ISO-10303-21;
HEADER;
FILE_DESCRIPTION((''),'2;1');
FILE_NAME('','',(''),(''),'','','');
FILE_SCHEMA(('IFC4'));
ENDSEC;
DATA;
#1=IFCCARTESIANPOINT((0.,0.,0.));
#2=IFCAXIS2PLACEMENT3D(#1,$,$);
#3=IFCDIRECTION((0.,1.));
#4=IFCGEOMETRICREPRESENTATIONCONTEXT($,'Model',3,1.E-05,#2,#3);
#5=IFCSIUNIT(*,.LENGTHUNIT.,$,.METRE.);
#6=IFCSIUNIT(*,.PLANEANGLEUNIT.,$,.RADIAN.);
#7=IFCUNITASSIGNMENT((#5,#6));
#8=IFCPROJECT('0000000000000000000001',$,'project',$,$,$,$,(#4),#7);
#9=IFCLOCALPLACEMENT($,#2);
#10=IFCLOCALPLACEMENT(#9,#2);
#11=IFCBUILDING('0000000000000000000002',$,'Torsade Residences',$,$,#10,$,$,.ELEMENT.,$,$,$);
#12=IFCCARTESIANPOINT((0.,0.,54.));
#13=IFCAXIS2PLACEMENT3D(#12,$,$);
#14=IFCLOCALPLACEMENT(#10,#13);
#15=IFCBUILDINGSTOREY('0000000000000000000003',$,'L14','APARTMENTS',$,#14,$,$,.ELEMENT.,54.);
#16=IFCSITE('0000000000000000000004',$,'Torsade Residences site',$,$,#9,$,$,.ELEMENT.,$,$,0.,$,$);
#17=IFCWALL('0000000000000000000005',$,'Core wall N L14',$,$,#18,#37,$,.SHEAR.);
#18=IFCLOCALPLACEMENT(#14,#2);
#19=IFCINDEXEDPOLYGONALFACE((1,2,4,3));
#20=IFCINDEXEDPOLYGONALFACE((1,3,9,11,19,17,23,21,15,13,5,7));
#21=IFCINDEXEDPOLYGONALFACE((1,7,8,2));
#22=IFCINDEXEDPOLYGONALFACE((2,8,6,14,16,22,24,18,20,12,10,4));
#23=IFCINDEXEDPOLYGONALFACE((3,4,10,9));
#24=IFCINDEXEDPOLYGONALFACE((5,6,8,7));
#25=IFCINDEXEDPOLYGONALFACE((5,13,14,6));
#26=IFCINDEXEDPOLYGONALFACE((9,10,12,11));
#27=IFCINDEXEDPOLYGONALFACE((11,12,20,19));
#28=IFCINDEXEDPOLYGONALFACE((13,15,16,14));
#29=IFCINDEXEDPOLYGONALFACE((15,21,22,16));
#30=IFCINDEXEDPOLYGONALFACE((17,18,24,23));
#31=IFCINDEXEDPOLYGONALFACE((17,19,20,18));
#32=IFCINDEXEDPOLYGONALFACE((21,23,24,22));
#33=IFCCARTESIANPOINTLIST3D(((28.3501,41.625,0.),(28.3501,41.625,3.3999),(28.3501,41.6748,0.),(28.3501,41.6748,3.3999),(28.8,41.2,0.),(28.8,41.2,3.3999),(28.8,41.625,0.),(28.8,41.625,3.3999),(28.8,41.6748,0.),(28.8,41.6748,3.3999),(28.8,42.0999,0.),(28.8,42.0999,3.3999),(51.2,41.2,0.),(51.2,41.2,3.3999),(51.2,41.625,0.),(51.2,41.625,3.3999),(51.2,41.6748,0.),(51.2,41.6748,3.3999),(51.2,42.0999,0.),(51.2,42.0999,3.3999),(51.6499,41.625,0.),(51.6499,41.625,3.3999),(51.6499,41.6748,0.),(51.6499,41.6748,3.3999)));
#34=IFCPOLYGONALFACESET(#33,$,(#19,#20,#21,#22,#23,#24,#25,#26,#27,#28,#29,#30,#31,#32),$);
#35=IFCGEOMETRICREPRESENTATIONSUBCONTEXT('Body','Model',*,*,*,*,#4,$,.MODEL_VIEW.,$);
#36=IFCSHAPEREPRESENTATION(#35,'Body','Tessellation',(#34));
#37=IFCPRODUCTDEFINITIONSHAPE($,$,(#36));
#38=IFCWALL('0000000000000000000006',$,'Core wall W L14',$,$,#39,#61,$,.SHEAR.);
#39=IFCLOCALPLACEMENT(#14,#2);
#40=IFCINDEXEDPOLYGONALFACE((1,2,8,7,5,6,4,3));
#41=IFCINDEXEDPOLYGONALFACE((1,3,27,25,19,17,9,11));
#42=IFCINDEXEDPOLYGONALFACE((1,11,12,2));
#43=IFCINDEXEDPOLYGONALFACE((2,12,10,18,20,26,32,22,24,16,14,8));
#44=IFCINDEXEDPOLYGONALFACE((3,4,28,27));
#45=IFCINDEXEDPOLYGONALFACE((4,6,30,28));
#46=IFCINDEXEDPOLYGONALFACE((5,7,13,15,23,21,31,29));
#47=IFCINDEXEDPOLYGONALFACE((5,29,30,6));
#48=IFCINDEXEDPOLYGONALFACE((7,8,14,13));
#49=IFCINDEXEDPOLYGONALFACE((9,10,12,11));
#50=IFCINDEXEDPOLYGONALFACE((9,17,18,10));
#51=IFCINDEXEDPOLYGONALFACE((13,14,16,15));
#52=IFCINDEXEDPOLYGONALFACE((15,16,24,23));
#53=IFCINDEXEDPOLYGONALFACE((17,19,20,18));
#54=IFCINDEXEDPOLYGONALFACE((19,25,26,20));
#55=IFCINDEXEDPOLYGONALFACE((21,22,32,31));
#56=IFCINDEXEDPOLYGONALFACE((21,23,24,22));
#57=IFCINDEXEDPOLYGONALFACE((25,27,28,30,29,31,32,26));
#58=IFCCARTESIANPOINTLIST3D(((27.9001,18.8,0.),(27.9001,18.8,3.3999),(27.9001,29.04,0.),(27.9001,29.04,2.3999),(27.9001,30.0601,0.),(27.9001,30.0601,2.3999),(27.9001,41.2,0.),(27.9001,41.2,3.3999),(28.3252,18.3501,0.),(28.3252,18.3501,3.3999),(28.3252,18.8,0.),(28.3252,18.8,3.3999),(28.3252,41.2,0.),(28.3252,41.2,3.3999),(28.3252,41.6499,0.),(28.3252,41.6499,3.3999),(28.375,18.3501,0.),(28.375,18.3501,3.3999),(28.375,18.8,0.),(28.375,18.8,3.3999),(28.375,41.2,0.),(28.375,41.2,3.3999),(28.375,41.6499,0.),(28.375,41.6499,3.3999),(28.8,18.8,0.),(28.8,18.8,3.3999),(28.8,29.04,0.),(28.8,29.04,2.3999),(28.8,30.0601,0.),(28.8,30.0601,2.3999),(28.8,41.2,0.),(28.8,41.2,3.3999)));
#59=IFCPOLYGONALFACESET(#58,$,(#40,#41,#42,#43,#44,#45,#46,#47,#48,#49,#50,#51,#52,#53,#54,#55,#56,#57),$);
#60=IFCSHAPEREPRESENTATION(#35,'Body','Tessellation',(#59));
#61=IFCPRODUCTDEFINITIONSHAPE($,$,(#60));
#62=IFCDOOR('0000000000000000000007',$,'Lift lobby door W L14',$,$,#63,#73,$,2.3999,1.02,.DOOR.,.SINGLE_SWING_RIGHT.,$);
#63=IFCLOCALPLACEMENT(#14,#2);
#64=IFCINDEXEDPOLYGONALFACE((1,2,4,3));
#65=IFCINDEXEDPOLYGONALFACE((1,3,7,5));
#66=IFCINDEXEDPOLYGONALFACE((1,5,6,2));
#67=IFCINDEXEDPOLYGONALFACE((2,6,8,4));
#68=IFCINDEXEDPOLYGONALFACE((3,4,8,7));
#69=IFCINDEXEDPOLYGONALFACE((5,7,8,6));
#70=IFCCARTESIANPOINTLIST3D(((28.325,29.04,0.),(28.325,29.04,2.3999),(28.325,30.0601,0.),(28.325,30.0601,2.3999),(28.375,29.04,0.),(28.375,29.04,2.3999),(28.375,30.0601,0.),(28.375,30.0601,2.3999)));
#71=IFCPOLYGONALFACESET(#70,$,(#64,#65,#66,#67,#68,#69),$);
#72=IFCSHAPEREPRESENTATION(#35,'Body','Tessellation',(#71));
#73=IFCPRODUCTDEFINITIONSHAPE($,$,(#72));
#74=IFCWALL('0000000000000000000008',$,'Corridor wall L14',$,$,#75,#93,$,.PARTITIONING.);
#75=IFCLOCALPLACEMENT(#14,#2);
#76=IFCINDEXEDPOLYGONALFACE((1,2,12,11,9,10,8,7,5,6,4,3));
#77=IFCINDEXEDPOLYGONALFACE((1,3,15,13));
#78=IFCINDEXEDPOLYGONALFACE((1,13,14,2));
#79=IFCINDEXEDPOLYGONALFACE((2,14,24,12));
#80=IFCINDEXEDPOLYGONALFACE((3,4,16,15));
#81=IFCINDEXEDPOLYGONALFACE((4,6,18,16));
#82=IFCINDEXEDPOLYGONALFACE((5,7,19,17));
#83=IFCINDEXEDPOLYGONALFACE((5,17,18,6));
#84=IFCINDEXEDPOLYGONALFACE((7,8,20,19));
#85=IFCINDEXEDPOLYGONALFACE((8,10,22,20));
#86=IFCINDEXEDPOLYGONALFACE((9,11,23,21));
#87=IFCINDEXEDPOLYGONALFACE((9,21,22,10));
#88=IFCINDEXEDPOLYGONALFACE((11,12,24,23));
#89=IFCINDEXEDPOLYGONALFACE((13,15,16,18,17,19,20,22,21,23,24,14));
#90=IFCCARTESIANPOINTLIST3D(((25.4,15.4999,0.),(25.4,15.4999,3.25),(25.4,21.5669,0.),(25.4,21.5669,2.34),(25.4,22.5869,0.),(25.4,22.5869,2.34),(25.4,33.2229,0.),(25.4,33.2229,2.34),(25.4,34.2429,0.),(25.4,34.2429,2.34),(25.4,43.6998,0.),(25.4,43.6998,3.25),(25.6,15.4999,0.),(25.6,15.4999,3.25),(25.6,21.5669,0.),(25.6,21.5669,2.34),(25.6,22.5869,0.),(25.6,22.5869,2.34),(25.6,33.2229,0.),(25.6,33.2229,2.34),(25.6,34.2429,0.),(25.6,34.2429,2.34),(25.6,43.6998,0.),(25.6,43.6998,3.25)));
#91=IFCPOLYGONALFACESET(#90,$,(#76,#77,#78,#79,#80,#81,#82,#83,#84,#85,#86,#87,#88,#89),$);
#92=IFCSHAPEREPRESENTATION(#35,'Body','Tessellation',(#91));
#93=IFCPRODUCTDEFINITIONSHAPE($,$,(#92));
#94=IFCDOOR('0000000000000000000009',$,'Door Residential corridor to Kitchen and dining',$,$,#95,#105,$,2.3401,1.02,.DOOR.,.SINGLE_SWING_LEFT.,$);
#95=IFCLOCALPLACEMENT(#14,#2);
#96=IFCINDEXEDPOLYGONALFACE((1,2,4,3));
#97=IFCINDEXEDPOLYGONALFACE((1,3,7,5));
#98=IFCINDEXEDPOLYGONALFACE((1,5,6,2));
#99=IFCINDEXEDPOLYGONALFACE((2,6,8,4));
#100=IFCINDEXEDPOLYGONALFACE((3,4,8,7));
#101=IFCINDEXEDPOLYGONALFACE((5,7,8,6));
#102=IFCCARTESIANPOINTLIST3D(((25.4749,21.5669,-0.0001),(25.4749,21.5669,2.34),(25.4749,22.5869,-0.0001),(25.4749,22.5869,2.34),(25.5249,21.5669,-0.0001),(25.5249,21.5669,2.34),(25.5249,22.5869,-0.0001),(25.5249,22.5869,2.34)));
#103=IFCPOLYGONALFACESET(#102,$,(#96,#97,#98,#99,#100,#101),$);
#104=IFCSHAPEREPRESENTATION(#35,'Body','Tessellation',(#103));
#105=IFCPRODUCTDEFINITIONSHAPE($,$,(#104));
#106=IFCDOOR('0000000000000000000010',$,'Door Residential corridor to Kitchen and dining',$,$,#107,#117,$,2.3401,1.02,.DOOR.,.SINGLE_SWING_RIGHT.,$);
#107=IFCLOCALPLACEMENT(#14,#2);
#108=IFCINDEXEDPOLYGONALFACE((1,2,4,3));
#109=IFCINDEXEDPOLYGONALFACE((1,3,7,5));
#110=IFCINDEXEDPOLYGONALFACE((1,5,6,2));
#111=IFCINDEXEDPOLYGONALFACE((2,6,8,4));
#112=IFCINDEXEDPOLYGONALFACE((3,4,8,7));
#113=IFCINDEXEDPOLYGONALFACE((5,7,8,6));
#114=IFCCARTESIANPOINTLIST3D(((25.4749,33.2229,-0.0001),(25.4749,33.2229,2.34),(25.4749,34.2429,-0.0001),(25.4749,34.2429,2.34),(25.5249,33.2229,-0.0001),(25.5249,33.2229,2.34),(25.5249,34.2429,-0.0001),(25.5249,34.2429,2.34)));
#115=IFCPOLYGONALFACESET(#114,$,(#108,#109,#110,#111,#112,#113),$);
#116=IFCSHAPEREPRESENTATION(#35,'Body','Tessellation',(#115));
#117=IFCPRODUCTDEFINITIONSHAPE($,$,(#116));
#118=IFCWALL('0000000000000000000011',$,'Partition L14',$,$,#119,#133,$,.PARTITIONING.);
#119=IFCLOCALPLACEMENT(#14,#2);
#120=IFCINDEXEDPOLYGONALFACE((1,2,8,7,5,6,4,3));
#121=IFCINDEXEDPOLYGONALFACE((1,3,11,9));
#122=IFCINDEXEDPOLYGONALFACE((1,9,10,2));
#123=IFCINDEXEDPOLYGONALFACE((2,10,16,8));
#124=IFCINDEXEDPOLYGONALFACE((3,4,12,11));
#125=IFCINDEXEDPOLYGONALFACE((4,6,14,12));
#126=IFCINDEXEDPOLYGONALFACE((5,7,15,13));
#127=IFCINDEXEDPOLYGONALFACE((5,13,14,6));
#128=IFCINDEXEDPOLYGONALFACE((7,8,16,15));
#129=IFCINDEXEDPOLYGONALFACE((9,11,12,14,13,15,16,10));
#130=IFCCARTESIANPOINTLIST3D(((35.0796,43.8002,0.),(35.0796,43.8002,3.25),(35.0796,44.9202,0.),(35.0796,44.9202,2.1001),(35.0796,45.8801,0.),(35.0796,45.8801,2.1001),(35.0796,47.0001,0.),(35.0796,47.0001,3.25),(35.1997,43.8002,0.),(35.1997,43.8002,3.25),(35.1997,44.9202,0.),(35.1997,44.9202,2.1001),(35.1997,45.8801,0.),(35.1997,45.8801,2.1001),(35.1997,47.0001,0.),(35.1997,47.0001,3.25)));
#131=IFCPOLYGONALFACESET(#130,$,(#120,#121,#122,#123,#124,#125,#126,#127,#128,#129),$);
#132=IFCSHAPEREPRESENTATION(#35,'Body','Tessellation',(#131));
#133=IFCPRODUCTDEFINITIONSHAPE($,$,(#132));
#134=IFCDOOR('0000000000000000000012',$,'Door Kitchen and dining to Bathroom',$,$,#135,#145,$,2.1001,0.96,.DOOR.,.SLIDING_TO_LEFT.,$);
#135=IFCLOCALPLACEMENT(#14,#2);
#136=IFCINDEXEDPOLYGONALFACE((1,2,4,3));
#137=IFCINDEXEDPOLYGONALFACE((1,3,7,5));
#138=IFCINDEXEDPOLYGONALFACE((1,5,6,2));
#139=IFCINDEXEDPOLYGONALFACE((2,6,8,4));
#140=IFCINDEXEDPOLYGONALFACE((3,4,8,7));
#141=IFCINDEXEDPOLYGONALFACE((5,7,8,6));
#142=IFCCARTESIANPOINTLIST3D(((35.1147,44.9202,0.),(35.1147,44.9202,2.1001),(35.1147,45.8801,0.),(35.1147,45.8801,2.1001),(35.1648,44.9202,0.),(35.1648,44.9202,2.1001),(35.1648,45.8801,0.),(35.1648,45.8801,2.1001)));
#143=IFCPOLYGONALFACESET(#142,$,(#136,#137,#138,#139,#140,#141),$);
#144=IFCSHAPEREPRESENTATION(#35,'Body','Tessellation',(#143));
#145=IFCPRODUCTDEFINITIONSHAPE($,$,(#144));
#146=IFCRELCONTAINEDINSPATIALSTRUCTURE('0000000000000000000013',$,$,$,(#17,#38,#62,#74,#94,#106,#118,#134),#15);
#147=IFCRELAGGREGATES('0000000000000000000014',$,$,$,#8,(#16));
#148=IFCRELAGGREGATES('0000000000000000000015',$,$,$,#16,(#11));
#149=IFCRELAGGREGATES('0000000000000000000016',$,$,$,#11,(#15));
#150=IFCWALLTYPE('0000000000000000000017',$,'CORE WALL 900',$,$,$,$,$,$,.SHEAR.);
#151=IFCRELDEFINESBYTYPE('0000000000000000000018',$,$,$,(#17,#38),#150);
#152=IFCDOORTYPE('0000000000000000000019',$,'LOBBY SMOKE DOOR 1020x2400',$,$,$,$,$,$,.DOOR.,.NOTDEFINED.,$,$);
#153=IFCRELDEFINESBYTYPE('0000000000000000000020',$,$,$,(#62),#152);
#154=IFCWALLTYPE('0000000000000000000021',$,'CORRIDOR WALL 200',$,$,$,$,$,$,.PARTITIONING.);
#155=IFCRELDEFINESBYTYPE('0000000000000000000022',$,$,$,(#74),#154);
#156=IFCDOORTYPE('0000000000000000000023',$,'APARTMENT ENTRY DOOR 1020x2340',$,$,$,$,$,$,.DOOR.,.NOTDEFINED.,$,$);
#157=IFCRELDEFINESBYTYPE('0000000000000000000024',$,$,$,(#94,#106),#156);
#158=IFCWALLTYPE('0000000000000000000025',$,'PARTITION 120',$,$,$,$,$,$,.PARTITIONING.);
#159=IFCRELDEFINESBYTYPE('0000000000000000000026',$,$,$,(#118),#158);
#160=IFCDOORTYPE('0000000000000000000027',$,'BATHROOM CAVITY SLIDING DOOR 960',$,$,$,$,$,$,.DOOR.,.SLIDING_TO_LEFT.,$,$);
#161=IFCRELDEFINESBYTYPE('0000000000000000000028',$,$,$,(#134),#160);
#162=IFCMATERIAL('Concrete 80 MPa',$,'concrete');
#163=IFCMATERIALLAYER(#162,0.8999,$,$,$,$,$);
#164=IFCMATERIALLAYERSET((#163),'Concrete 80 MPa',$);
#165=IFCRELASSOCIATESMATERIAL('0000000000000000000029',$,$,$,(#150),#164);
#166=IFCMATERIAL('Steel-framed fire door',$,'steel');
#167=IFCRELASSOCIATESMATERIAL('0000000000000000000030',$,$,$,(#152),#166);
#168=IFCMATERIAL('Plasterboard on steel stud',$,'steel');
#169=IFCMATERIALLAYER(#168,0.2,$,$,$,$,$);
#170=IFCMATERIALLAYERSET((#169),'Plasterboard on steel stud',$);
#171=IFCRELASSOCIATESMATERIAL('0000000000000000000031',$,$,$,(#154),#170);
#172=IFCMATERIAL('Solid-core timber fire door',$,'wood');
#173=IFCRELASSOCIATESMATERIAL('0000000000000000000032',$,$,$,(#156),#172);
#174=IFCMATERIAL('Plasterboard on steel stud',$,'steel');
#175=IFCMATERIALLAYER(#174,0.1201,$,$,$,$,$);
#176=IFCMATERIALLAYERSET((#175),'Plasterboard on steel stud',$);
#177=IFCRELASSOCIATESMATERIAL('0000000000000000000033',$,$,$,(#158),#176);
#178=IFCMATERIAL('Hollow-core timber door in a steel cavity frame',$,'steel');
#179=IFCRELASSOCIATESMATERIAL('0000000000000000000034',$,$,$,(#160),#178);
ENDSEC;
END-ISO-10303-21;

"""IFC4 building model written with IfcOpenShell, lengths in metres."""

from ifc_helpers import new_model, si_unit, direction, frame, frame_2d, origin, place, context, subcontext, project, spatial, polyline, rectangle, outline, extrude, material, layer, layer_set, type_object, element, fill, save


model = new_model("IFC4")

# Units and contexts
model_context = context("Model", 3, precision=1e-05, world=origin(), true_north=direction((0.0, 1.0)))
body_context = subcontext(model_context, "Body", "Model", "MODEL_VIEW")
ifc_project = project(units=[si_unit("LENGTHUNIT", "METRE"), si_unit("PLANEANGLEUNIT", "RADIAN")], contexts=[model_context])

# Site, building, storey
site_placement = place(None, origin())
site = spatial("IfcSite", under=ifc_project, at=site_placement, Name="Torsade Residences site", CompositionType="ELEMENT", RefElevation=0.0)
building_placement = place(site_placement, origin())
building = spatial("IfcBuilding", under=site, at=building_placement, Name="Torsade Residences", CompositionType="ELEMENT")
storey_placement = place(building_placement, frame((0.0, 0.0, 54.0)))
storey = spatial("IfcBuildingStorey", under=building, at=storey_placement, Name="L14", Description="APARTMENTS", CompositionType="ELEMENT", Elevation=54.0)

# Wall
ifc_material_1 = material(Name="Concrete 80 MPa", Category="concrete")
ifc_layer_1 = layer(ifc_material_1, 0.8999)
ifc_layer_set_1 = layer_set([ifc_layer_1], Name="Concrete 80 MPa")
wall_type_1 = type_object("IfcWallType", Name="CORE WALL 900", PredefinedType="SHEAR", material=ifc_layer_set_1)
wall_1_placement = place(storey_placement, frame((28.8, 41.6499, 0.0), z_axis=(0.0, 0.0, 1.0), x_axis=(1.0, 0.0, 0.0)))
element("IfcWall", 1, at=wall_1_placement, inside=storey, type_object=wall_type_1, Name="Core wall N L14", PredefinedType="SHEAR", context=body_context, shape_type="SweptSolid", body=[
    extrude(outline(polyline([(0.0, -0.45), (22.3999, -0.45), (22.3999, -0.0249), (22.8499, -0.0249), (22.8499, 0.0249), (22.3999, 0.0249), (22.3999, 0.45), (0.0, 0.45), (0.0, 0.0249), (-0.45, 0.0249), (-0.45, -0.0249), (0.0, -0.0249), (0.0, -0.45)])), origin(), (0.0, 0.0, 1.0), 3.3999),
])

# Wall, opening, door
wall_2_placement = place(storey_placement, frame((28.3501, 41.2, 0.0), z_axis=(0.0, 0.0, 1.0), x_axis=(0.0, -1.0, 0.0)))
wall_2 = element("IfcWall", 2, at=wall_2_placement, inside=storey, type_object=wall_type_1, Name="Core wall W L14", PredefinedType="SHEAR", context=body_context, shape_type="SweptSolid", body=[
    extrude(outline(polyline([(0.0, -0.45), (22.3999, -0.45), (22.3999, -0.0249), (22.8499, -0.0249), (22.8499, 0.0249), (22.3999, 0.0249), (22.3999, 0.45), (0.0, 0.45), (0.0, 0.0249), (-0.45, 0.0249), (-0.45, -0.0249), (0.0, -0.0249), (0.0, -0.45)])), origin(), (0.0, 0.0, 1.0), 3.3999),
])
opening_1_placement = place(wall_2_placement, frame((11.1399, 0.0, 0.0)))
opening_1 = element("IfcOpeningElement", 3, at=opening_1_placement, cuts=wall_2, PredefinedType="OPENING", context=body_context, shape_type="SweptSolid", body=[
    extrude(rectangle(XDim=1.02, YDim=2.3999, at=frame_2d((0.51, 1.2))), frame((0.0, 0.46, 0.0), z_axis=(0.0, -1.0, 0.0), x_axis=(1.0, 0.0, 0.0)), (0.0, 0.0, 1.0), 0.9199),
])
ifc_material_2 = material(Name="Steel-framed fire door", Category="steel")
door_type_1 = type_object("IfcDoorType", Name="LOBBY SMOKE DOOR 1020x2400", OperationType="NOTDEFINED", PredefinedType="DOOR", material=ifc_material_2)
door_1_placement = place(opening_1_placement, origin())
door_1 = element("IfcDoor", 4, at=door_1_placement, inside=storey, type_object=door_type_1, Name="Lift lobby door W L14", OperationType="SINGLE_SWING_RIGHT", OverallHeight=2.3999, OverallWidth=1.02, PredefinedType="DOOR", context=body_context, shape_type="SweptSolid", body=[
    extrude(rectangle(XDim=1.02, YDim=2.3999, at=frame_2d((0.51, 1.2))), frame((0.0, 0.0249, 0.0), z_axis=(0.0, -1.0, 0.0), x_axis=(1.0, 0.0, 0.0)), (0.0, 0.0, 1.0), 0.05),
])
fill(opening_1, door_1)

# Wall, openings, doors
ifc_material_3 = material(Name="Plasterboard on steel stud", Category="steel")
ifc_layer_2 = layer(ifc_material_3, 0.2)
ifc_layer_set_2 = layer_set([ifc_layer_2], Name="Plasterboard on steel stud")
wall_type_2 = type_object("IfcWallType", Name="CORRIDOR WALL 200", PredefinedType="PARTITIONING", material=ifc_layer_set_2)
wall_3_placement = place(storey_placement, frame((25.5, 43.7, 0.0), z_axis=(0.0, 0.0, 1.0), x_axis=(0.0, -1.0, 0.0)))
wall_3 = element("IfcWall", 5, at=wall_3_placement, inside=storey, type_object=wall_type_2, Name="Corridor wall L14", PredefinedType="PARTITIONING", context=body_context, shape_type="SweptSolid", body=[
    extrude(rectangle(XDim=28.2, YDim=0.2, at=frame_2d((14.1001, 0.0))), origin(), (0.0, 0.0, 1.0), 3.25),
])
opening_2_placement = place(wall_3_placement, frame((21.113, 0.0, 0.0)))
opening_2 = element("IfcOpeningElement", 6, at=opening_2_placement, cuts=wall_3, PredefinedType="OPENING", context=body_context, shape_type="SweptSolid", body=[
    extrude(rectangle(XDim=1.02, YDim=2.3401, at=frame_2d((0.51, 1.1699))), frame((0.0, 0.1099, 0.0), z_axis=(0.0, -1.0, 0.0), x_axis=(1.0, 0.0, 0.0)), (0.0, 0.0, 1.0), 0.22),
])
opening_3_placement = place(wall_3_placement, frame((9.457, 0.0, 0.0)))
opening_3 = element("IfcOpeningElement", 7, at=opening_3_placement, cuts=wall_3, PredefinedType="OPENING", context=body_context, shape_type="SweptSolid", body=[
    extrude(rectangle(XDim=1.02, YDim=2.3401, at=frame_2d((0.51, 1.1699))), frame((0.0, 0.1099, 0.0), z_axis=(0.0, -1.0, 0.0), x_axis=(1.0, 0.0, 0.0)), (0.0, 0.0, 1.0), 0.22),
])
ifc_material_4 = material(Name="Solid-core timber fire door", Category="wood")
door_type_2 = type_object("IfcDoorType", Name="APARTMENT ENTRY DOOR 1020x2340", OperationType="NOTDEFINED", PredefinedType="DOOR", material=ifc_material_4)
door_2_placement = place(opening_2_placement, origin())
door_2 = element("IfcDoor", 8, at=door_2_placement, inside=storey, type_object=door_type_2, Name="Door Residential corridor to Kitchen and dining", OperationType="SINGLE_SWING_LEFT", OverallHeight=2.3401, OverallWidth=1.02, PredefinedType="DOOR", context=body_context, shape_type="SweptSolid", body=[
    extrude(rectangle(XDim=1.02, YDim=2.3401, at=frame_2d((0.51, 1.1699))), frame((0.0, 0.0249, 0.0), z_axis=(0.0, -1.0, 0.0), x_axis=(1.0, 0.0, 0.0)), (0.0, 0.0, 1.0), 0.05),
])
fill(opening_2, door_2)
door_3_placement = place(opening_3_placement, origin())
door_3 = element("IfcDoor", 9, at=door_3_placement, inside=storey, type_object=door_type_2, Name="Door Residential corridor to Kitchen and dining", OperationType="SINGLE_SWING_RIGHT", OverallHeight=2.3401, OverallWidth=1.02, PredefinedType="DOOR", context=body_context, shape_type="SweptSolid", body=[
    extrude(rectangle(XDim=1.02, YDim=2.3401, at=frame_2d((0.51, 1.1699))), frame((0.0, 0.0249, 0.0), z_axis=(0.0, -1.0, 0.0), x_axis=(1.0, 0.0, 0.0)), (0.0, 0.0, 1.0), 0.05),
])
fill(opening_3, door_3)

# Wall, opening, door
ifc_material_5 = material(Name="Plasterboard on steel stud", Category="steel")
ifc_layer_3 = layer(ifc_material_5, 0.1201)
ifc_layer_set_3 = layer_set([ifc_layer_3], Name="Plasterboard on steel stud")
wall_type_3 = type_object("IfcWallType", Name="PARTITION 120", PredefinedType="PARTITIONING", material=ifc_layer_set_3)
wall_4_placement = place(storey_placement, frame((35.1396, 43.8, 0.0), z_axis=(0.0, 0.0, 1.0), x_axis=(0.0, 1.0, 0.0)))
wall_4 = element("IfcWall", 10, at=wall_4_placement, inside=storey, type_object=wall_type_3, Name="Partition L14", PredefinedType="PARTITIONING", context=body_context, shape_type="SweptSolid", body=[
    extrude(rectangle(XDim=3.2, YDim=0.1201, at=frame_2d((1.6001, 0.0))), origin(), (0.0, 0.0, 1.0), 3.25),
])
opening_4_placement = place(wall_4_placement, frame((1.1201, 0.0, 0.0)))
opening_4 = element("IfcOpeningElement", 11, at=opening_4_placement, cuts=wall_4, PredefinedType="OPENING", context=body_context, shape_type="SweptSolid", body=[
    extrude(rectangle(XDim=0.96, YDim=2.1001, at=frame_2d((0.48, 1.05))), frame((0.0, 0.0701, 0.0), z_axis=(0.0, -1.0, 0.0), x_axis=(1.0, 0.0, 0.0)), (0.0, 0.0, 1.0), 0.1401),
])
ifc_material_6 = material(Name="Hollow-core timber door in a steel cavity frame", Category="steel")
door_type_3 = type_object("IfcDoorType", Name="BATHROOM CAVITY SLIDING DOOR 960", OperationType="SLIDING_TO_LEFT", PredefinedType="DOOR", material=ifc_material_6)
door_4_placement = place(opening_4_placement, origin())
door_4 = element("IfcDoor", 12, at=door_4_placement, inside=storey, type_object=door_type_3, Name="Door Kitchen and dining to Bathroom", OperationType="SLIDING_TO_LEFT", OverallHeight=2.1001, OverallWidth=0.96, PredefinedType="DOOR", context=body_context, shape_type="SweptSolid", body=[
    extrude(rectangle(XDim=0.96, YDim=2.1001, at=frame_2d((0.48, 1.05))), frame((0.0, 0.0249, 0.0), z_axis=(0.0, -1.0, 0.0), x_axis=(1.0, 0.0, 0.0)), (0.0, 0.0, 1.0), 0.05),
])
fill(opening_4, door_4)

save(model, "model.ifc")
